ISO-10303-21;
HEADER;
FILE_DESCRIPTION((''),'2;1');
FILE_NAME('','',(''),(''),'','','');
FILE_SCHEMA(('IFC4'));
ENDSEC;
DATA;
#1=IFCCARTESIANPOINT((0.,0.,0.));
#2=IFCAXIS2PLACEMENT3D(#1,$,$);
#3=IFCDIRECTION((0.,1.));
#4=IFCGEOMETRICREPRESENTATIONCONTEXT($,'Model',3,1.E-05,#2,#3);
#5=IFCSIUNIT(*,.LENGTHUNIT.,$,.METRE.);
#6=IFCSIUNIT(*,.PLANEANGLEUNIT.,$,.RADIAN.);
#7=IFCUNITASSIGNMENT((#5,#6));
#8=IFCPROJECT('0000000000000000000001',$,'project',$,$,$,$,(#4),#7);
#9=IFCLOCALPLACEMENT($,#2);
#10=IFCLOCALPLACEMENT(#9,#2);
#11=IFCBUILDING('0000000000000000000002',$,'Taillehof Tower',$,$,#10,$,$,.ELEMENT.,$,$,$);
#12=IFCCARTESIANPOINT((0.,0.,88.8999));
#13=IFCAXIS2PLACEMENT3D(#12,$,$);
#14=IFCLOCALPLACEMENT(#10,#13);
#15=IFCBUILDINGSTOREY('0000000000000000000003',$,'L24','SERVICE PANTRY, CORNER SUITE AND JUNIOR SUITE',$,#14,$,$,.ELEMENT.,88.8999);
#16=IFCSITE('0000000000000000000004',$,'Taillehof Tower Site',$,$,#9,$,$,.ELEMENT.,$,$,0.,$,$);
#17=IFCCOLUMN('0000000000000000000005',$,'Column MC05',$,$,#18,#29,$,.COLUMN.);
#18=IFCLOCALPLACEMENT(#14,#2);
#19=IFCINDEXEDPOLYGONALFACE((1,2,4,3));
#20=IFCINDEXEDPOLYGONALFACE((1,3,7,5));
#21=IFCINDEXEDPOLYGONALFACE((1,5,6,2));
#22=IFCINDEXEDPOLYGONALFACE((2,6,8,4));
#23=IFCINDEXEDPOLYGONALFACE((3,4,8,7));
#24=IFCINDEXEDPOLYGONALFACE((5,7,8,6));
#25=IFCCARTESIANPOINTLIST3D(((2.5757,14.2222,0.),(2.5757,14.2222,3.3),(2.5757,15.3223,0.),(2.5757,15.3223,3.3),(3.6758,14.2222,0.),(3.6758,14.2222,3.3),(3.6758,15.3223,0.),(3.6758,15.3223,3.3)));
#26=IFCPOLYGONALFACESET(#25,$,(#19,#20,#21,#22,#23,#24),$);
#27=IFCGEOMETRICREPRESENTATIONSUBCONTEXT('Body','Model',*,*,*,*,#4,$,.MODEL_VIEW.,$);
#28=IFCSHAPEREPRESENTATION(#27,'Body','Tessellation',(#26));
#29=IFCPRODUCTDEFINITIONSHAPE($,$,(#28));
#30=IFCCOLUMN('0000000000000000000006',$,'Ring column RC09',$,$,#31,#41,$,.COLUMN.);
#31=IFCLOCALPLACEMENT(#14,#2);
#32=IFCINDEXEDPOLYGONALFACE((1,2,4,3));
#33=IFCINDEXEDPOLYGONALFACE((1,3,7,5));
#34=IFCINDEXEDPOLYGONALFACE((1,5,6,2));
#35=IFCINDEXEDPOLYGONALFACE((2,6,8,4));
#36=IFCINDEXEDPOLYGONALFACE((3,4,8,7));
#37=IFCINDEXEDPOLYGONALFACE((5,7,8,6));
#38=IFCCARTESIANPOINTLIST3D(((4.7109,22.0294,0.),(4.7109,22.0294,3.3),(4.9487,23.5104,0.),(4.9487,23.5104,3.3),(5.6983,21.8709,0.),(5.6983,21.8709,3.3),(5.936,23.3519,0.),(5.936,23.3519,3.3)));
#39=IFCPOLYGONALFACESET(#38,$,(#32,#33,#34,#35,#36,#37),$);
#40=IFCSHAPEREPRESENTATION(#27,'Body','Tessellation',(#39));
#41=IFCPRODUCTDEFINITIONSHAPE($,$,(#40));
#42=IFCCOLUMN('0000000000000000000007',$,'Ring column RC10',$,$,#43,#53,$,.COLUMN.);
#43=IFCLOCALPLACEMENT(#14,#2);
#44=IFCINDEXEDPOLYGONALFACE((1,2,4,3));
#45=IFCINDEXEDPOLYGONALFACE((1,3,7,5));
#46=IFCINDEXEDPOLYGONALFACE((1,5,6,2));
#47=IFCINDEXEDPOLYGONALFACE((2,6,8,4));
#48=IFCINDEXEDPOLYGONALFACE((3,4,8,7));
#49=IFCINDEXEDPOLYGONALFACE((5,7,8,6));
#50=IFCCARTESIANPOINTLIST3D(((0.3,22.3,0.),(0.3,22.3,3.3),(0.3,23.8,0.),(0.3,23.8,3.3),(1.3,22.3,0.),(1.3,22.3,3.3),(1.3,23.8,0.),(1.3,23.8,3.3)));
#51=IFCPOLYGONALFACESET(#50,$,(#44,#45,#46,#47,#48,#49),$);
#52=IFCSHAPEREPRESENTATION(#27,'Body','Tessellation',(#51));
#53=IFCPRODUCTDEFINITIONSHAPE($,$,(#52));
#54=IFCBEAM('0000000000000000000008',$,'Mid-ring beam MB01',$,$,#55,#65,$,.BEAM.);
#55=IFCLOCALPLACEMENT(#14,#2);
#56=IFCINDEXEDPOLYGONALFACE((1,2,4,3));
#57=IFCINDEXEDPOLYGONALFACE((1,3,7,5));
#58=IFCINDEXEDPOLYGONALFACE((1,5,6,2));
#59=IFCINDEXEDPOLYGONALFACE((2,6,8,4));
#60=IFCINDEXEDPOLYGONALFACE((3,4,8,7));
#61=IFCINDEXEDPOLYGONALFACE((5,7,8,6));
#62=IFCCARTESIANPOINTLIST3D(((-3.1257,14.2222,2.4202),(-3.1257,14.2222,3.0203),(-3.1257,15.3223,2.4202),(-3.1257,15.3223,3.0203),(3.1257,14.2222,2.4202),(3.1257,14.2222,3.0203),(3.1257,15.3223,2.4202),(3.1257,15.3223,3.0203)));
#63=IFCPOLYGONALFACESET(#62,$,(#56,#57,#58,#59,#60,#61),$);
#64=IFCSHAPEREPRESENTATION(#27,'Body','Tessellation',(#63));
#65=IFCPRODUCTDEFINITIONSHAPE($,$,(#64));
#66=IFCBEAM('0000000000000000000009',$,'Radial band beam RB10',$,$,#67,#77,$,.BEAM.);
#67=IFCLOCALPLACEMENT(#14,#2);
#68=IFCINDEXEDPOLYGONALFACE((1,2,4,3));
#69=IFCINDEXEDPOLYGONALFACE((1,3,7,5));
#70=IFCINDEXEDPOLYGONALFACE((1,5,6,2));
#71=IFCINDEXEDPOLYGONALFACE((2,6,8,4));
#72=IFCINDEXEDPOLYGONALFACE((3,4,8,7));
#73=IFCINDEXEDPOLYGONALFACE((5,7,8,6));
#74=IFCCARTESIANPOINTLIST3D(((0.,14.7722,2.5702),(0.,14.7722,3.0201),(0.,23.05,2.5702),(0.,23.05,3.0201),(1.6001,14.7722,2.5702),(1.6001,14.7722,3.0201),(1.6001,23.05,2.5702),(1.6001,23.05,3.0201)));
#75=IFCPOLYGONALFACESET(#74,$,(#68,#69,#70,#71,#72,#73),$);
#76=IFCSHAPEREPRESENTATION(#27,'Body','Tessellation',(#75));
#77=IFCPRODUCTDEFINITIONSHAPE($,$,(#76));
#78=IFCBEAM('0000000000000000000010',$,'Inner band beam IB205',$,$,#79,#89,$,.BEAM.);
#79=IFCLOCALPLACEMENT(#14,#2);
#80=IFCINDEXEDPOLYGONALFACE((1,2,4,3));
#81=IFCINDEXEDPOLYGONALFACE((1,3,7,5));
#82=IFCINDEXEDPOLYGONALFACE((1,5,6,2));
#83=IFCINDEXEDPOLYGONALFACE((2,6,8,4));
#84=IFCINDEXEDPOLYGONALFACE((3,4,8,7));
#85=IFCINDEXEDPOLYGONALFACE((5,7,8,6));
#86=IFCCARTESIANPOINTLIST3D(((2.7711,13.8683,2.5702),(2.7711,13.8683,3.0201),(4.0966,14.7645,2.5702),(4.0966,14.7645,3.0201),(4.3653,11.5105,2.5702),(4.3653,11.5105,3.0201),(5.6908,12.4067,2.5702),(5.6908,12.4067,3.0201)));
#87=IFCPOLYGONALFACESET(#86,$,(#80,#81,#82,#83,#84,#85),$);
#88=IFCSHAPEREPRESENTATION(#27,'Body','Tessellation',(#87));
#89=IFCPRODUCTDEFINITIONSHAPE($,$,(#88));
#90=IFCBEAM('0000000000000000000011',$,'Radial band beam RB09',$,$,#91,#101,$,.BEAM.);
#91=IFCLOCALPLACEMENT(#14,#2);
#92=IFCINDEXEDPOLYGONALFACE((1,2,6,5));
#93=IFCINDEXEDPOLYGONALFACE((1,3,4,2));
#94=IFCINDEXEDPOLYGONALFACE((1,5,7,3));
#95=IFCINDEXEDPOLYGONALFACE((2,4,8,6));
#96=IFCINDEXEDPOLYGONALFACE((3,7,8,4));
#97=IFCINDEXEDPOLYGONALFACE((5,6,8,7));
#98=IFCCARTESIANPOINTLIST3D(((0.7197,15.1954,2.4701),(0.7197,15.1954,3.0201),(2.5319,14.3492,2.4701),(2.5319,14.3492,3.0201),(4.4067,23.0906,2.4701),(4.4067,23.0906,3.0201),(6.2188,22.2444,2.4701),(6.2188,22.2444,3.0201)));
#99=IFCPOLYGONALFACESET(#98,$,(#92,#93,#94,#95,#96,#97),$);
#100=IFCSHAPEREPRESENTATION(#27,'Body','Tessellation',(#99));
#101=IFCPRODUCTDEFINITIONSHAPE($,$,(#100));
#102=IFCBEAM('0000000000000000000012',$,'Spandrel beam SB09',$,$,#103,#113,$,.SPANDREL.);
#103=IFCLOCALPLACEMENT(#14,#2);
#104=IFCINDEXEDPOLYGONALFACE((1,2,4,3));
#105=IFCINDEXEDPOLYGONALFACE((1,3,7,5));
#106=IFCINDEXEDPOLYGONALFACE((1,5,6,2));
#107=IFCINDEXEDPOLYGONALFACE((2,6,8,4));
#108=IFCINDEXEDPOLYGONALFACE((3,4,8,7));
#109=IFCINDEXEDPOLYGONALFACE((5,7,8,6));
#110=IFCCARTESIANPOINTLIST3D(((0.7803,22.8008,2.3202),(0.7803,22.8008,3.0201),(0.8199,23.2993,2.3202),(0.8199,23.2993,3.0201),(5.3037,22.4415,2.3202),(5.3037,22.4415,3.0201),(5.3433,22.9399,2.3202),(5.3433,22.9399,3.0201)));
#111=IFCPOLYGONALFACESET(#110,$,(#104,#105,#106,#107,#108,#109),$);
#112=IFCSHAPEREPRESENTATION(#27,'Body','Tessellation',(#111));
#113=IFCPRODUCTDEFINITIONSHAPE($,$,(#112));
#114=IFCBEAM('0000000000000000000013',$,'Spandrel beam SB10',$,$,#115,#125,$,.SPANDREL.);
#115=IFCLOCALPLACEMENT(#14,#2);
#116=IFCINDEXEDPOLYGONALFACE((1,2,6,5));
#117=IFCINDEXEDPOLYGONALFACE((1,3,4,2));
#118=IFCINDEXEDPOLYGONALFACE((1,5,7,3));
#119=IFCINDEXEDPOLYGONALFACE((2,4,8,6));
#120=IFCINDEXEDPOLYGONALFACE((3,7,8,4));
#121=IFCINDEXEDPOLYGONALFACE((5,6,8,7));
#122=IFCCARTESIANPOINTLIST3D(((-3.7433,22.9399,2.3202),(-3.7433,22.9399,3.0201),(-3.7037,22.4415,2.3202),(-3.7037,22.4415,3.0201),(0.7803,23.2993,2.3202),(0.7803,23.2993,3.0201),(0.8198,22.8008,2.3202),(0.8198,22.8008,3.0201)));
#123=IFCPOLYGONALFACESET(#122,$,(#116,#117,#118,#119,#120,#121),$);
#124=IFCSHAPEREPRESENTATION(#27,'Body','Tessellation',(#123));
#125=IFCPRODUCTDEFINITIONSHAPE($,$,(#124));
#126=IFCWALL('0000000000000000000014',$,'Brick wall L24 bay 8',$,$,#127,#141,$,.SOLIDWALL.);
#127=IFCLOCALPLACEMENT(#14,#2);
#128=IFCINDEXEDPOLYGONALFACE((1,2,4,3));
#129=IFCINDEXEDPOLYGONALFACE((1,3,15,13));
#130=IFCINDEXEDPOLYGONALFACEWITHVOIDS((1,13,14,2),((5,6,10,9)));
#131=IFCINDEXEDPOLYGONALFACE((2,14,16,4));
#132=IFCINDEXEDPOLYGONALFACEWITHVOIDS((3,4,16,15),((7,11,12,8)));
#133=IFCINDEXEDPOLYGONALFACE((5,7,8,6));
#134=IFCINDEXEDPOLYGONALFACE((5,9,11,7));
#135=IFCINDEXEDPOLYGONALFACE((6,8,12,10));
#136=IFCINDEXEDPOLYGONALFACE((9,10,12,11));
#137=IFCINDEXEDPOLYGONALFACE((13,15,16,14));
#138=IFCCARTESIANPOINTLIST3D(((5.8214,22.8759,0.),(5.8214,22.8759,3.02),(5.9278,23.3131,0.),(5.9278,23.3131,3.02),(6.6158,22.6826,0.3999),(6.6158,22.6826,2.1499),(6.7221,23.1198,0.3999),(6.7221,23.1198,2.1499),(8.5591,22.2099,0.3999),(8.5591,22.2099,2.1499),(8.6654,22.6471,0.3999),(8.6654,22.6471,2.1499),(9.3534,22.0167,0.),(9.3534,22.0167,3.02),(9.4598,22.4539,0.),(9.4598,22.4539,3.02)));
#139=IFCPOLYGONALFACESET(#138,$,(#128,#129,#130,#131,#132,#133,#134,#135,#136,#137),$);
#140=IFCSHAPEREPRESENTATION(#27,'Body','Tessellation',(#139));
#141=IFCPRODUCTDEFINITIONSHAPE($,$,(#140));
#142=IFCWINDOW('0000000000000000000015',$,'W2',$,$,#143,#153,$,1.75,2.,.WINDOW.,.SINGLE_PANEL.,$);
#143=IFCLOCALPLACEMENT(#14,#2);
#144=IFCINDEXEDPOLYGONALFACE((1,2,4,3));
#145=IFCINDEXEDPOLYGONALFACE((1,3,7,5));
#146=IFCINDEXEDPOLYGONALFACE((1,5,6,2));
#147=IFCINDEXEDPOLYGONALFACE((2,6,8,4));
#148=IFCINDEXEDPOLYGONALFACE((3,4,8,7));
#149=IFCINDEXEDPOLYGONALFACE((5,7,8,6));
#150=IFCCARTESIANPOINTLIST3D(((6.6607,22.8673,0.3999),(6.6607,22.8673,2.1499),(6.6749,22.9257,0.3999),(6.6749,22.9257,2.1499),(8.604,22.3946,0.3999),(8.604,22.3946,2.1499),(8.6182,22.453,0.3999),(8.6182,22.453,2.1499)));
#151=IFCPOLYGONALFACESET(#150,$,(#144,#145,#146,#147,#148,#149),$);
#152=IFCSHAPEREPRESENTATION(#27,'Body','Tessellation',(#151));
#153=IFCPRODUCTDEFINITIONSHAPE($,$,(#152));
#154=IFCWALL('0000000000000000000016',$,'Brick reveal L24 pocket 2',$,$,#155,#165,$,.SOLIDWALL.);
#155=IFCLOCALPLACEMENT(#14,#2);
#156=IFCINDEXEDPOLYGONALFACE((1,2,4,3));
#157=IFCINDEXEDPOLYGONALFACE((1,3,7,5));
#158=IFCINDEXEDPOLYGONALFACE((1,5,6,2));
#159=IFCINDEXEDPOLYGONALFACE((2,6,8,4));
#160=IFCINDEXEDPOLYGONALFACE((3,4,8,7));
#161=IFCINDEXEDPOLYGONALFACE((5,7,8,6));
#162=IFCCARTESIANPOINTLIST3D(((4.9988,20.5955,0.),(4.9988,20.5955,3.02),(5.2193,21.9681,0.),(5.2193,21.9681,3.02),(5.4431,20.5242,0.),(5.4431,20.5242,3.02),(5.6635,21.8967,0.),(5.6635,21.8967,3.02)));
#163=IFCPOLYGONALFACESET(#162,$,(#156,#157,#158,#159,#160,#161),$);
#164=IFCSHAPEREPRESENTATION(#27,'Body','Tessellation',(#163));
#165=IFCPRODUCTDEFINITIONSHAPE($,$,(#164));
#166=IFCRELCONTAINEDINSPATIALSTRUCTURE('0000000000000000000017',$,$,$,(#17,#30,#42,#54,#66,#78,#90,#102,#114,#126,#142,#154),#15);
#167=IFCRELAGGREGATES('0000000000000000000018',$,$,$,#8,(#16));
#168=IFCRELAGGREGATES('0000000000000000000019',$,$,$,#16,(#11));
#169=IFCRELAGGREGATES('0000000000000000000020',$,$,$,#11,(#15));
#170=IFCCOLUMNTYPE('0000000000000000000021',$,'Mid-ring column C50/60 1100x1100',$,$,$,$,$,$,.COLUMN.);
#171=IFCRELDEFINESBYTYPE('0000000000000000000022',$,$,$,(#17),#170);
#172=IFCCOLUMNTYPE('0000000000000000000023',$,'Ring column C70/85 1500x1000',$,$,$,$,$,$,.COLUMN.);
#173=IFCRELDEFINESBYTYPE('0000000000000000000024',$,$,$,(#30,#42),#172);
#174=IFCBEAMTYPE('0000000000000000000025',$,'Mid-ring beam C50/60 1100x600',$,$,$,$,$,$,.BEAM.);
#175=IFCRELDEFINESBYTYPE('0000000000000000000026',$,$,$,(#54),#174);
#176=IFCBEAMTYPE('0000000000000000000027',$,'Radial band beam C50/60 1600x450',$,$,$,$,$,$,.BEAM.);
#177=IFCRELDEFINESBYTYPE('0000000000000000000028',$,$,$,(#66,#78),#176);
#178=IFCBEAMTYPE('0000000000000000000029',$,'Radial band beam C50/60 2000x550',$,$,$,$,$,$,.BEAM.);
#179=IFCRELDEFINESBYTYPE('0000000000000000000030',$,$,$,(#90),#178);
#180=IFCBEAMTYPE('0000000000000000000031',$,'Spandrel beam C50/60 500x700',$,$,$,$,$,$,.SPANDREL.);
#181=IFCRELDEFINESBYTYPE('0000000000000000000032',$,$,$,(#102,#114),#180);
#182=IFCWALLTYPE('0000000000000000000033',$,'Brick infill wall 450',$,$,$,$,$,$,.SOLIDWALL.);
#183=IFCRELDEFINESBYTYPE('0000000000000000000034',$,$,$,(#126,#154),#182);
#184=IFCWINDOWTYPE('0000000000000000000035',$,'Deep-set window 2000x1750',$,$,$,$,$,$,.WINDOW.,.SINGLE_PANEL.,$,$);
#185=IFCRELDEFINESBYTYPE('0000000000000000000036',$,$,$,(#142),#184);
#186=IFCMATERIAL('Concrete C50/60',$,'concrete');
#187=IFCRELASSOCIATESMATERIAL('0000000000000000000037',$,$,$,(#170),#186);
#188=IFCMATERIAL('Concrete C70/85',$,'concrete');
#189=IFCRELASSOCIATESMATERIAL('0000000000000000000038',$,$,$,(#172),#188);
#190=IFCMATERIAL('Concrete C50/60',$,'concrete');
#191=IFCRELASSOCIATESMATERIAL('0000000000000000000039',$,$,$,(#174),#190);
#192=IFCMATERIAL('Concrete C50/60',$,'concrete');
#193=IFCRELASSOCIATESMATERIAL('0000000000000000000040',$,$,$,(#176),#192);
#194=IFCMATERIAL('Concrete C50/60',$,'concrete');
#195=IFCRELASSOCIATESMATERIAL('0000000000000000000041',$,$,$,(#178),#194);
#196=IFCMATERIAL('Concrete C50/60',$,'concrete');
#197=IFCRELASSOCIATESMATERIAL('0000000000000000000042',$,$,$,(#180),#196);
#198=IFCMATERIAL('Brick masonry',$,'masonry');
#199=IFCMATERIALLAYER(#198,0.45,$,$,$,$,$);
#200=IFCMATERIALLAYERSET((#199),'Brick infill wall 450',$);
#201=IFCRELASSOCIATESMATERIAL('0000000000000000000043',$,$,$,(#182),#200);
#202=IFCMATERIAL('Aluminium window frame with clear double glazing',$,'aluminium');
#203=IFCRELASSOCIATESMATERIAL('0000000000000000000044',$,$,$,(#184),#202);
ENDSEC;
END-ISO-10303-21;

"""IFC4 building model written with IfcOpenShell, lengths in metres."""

from ifc_helpers import new_model, si_unit, direction, frame, frame_2d, origin, origin_2d, place, context, subcontext, project, spatial, rectangle, extrude, material, layer, layer_set, material_profile, profile_set, type_object, element, fill, save


model = new_model("IFC4")

# Units and contexts
model_context = context("Model", 3, precision=1e-05, world=origin(), true_north=direction((0.0, 1.0)))
body_context = subcontext(model_context, "Body", "Model", "MODEL_VIEW")
ifc_project = project(units=[si_unit("LENGTHUNIT", "METRE"), si_unit("PLANEANGLEUNIT", "RADIAN")], contexts=[model_context])

# Site, building, storey
site_placement = place(None, origin())
site = spatial("IfcSite", under=ifc_project, at=site_placement, Name="Taillehof Tower Site", CompositionType="ELEMENT", RefElevation=0.0)
building_placement = place(site_placement, origin())
building = spatial("IfcBuilding", under=site, at=building_placement, Name="Taillehof Tower", CompositionType="ELEMENT")
storey_placement = place(building_placement, frame((0.0, 0.0, 88.8999)))
storey = spatial("IfcBuildingStorey", under=building, at=storey_placement, Name="L24", Description="SERVICE PANTRY, CORNER SUITE AND JUNIOR SUITE", CompositionType="ELEMENT", Elevation=88.8999)

# Columns
ifc_material_1 = material(Name="Concrete C50/60", Category="concrete")
ifc_material_profile_1 = material_profile(ifc_material_1, rectangle(XDim=1.1001, YDim=1.1001, at=origin_2d()), Name="RC 1100x1100")
ifc_profile_set_1 = profile_set([ifc_material_profile_1], Name="Concrete C50/60")
column_type_1 = type_object("IfcColumnType", Name="Mid-ring column C50/60 1100x1100", PredefinedType="COLUMN", material=ifc_profile_set_1)
column_placement = place(storey_placement, frame((3.1257, 14.7722, 0.0), z_axis=(0.0, 0.0, 1.0), x_axis=(1.0, 0.0, 0.0)))
element("IfcColumn", 1, at=column_placement, inside=storey, type_object=column_type_1, Name="Column MC05", PredefinedType="COLUMN", context=body_context, shape_type="SweptSolid", body=[
    extrude(rectangle(XDim=1.1001, YDim=1.1001, at=origin_2d()), origin(), (0.0, 0.0, 1.0), 3.3),
])
ifc_material_2 = material(Name="Concrete C70/85", Category="concrete")
ifc_material_profile_2 = material_profile(ifc_material_2, rectangle(XDim=1.5, YDim=1.0, at=origin_2d()), Name="RC 1500x1000")
ifc_profile_set_2 = profile_set([ifc_material_profile_2], Name="Concrete C70/85")
column_type_2 = type_object("IfcColumnType", Name="Ring column C70/85 1500x1000", PredefinedType="COLUMN", material=ifc_profile_set_2)
for number, where, z_axis, x_axis, name in (
    (2, (5.3235, 22.6907, 0.0), (0.0, 0.0, 1.0), (0.158507, 0.987358, 0.0), "Ring column RC09"),
    (3, (0.8, 23.05, 0.0), (0.0, 0.0, 1.0), (0.0, 1.0, 0.0), "Ring column RC10"),
):
    element("IfcColumn", number, at=place(storey_placement, frame(where, z_axis=z_axis, x_axis=x_axis)), inside=storey, type_object=column_type_2, Name=name, PredefinedType="COLUMN", context=body_context, shape_type="SweptSolid", body=[
        extrude(rectangle(XDim=1.5, YDim=1.0, at=origin_2d()), origin(), (0.0, 0.0, 1.0), 3.3),
    ])

# Beams
ifc_material_3 = material(Name="Concrete C50/60", Category="concrete")
ifc_material_profile_3 = material_profile(ifc_material_3, rectangle(XDim=1.1001, YDim=0.6001, at=origin_2d()), Name="RC 1100x600")
ifc_profile_set_3 = profile_set([ifc_material_profile_3], Name="Concrete C50/60")
beam_type_1 = type_object("IfcBeamType", Name="Mid-ring beam C50/60 1100x600", PredefinedType="BEAM", material=ifc_profile_set_3)
beam_1_placement = place(storey_placement, frame((3.1257, 14.7722, 2.7202), z_axis=(-1.0, 0.0, 0.0), x_axis=(0.0, -1.0, 0.0)))
element("IfcBeam", 4, at=beam_1_placement, inside=storey, type_object=beam_type_1, Name="Mid-ring beam MB01", PredefinedType="BEAM", context=body_context, shape_type="SweptSolid", body=[
    extrude(rectangle(XDim=1.1001, YDim=0.6001, at=origin_2d()), origin(), (0.0, 0.0, 1.0), 6.2515),
])
ifc_material_4 = material(Name="Concrete C50/60", Category="concrete")
ifc_material_profile_4 = material_profile(ifc_material_4, rectangle(XDim=1.6001, YDim=0.45, at=origin_2d()), Name="RC 1600x450")
ifc_profile_set_4 = profile_set([ifc_material_profile_4], Name="Concrete C50/60")
beam_type_2 = type_object("IfcBeamType", Name="Radial band beam C50/60 1600x450", PredefinedType="BEAM", material=ifc_profile_set_4)
beam_2_placement = place(storey_placement, frame((0.8, 23.05, 2.7952), z_axis=(0.0, -1.0, 0.0), x_axis=(1.0, 0.0, 0.0)))
element("IfcBeam", 5, at=beam_2_placement, inside=storey, type_object=beam_type_2, Name="Radial band beam RB10", PredefinedType="BEAM", context=body_context, shape_type="SweptSolid", body=[
    extrude(rectangle(XDim=1.6001, YDim=0.45, at=origin_2d()), origin(), (0.0, 0.0, 1.0), 8.2778),
])
beam_3_placement = place(storey_placement, frame((3.4338, 14.3164, 2.7952), z_axis=(0.560112, -0.828417, 0.0), x_axis=(0.828417, 0.560112, 0.0)))
element("IfcBeam", 6, at=beam_3_placement, inside=storey, type_object=beam_type_2, Name="Inner band beam IB205", PredefinedType="BEAM", context=body_context, shape_type="SweptSolid", body=[
    extrude(rectangle(XDim=1.6001, YDim=0.45, at=origin_2d()), origin(), (0.0, 0.0, 1.0), 2.8462),
])
ifc_material_5 = material(Name="Concrete C50/60", Category="concrete")
ifc_material_profile_5 = material_profile(ifc_material_5, rectangle(XDim=2.0, YDim=0.55, at=origin_2d()), Name="RC 2000x550")
ifc_profile_set_5 = profile_set([ifc_material_profile_5], Name="Concrete C50/60")
beam_type_3 = type_object("IfcBeamType", Name="Radial band beam C50/60 2000x550", PredefinedType="BEAM", material=ifc_profile_set_5)
beam_4_placement = place(storey_placement, frame((5.3127, 22.6675, 2.7451), z_axis=(-0.423126, -0.906071, 0.0), x_axis=(0.906071, -0.423126, 0.0)))
element("IfcBeam", 7, at=beam_4_placement, inside=storey, type_object=beam_type_3, Name="Radial band beam RB09", PredefinedType="BEAM", context=body_context, shape_type="SweptSolid", body=[
    extrude(rectangle(XDim=2.0, YDim=0.55, at=origin_2d()), origin(), (0.0, 0.0, 1.0), 8.7136),
])
ifc_material_6 = material(Name="Concrete C50/60", Category="concrete")
ifc_material_profile_6 = material_profile(ifc_material_6, rectangle(XDim=0.5, YDim=0.7, at=origin_2d()), Name="RC 500x700")
ifc_profile_set_6 = profile_set([ifc_material_profile_6], Name="Concrete C50/60")
beam_type_4 = type_object("IfcBeamType", Name="Spandrel beam C50/60 500x700", PredefinedType="SPANDREL", material=ifc_profile_set_6)
beam_5_placement = place(storey_placement, frame((5.3235, 22.6907, 2.6702), z_axis=(-0.996859, 0.079198, 0.0), x_axis=(-0.079198, -0.996859, 0.0)))
element("IfcBeam", 8, at=beam_5_placement, inside=storey, type_object=beam_type_4, Name="Spandrel beam SB09", PredefinedType="SPANDREL", context=body_context, shape_type="SweptSolid", body=[
    extrude(rectangle(XDim=0.5, YDim=0.7, at=origin_2d()), origin(), (0.0, 0.0, 1.0), 4.5376),
])
beam_6_placement = place(storey_placement, frame((0.8, 23.05, 2.6702), z_axis=(-0.996859, -0.079194, 0.0), x_axis=(0.079194, -0.996859, 0.0)))
element("IfcBeam", 9, at=beam_6_placement, inside=storey, type_object=beam_type_4, Name="Spandrel beam SB10", PredefinedType="SPANDREL", context=body_context, shape_type="SweptSolid", body=[
    extrude(rectangle(XDim=0.5, YDim=0.7, at=origin_2d()), origin(), (0.0, 0.0, 1.0), 4.5378),
])

# Wall, opening, window
ifc_material_7 = material(Name="Brick masonry", Category="masonry")
ifc_layer_1 = layer(ifc_material_7, 0.45)
ifc_layer_set_1 = layer_set([ifc_layer_1], Name="Brick infill wall 450")
wall_type_1 = type_object("IfcWallType", Name="Brick infill wall 450", PredefinedType="SOLIDWALL", material=ifc_layer_set_1)
wall_1_placement = place(storey_placement, frame((9.4065, 22.2354, 0.0), z_axis=(0.0, 0.0, 1.0), x_axis=(-0.971668, 0.236352, 0.0)))
wall_1 = element("IfcWall", 10, at=wall_1_placement, inside=storey, type_object=wall_type_1, Name="Brick wall L24 bay 8", PredefinedType="SOLIDWALL", context=body_context, shape_type="SweptSolid", body=[
    extrude(rectangle(XDim=3.635, YDim=0.45, at=frame_2d((1.8174, 0.0))), origin(), (0.0, 0.0, 1.0), 3.02),
])
opening_1_placement = place(wall_1_placement, frame((0.8174, 0.0, 0.3999)))
opening_1 = element("IfcOpeningElement", 11, at=opening_1_placement, cuts=wall_1, PredefinedType="OPENING", context=body_context, shape_type="SweptSolid", body=[
    extrude(rectangle(XDim=2.0, YDim=1.75, at=frame_2d((1.0, 0.875))), frame((0.0, 0.2349, 0.0), z_axis=(0.0, -1.0, 0.0), x_axis=(1.0, 0.0, 0.0)), (0.0, 0.0, 1.0), 0.47),
])
ifc_material_8 = material(Name="Aluminium window frame with clear double glazing", Category="aluminium")
window_type_1 = type_object("IfcWindowType", Name="Deep-set window 2000x1750", PartitioningType="SINGLE_PANEL", PredefinedType="WINDOW", material=ifc_material_8)
window_1_placement = place(opening_1_placement, origin())
window_1 = element("IfcWindow", 12, at=window_1_placement, inside=storey, type_object=window_type_1, Name="W2", OverallHeight=1.75, OverallWidth=2.0, PartitioningType="SINGLE_PANEL", PredefinedType="WINDOW", context=body_context, shape_type="SweptSolid", body=[
    extrude(rectangle(XDim=2.0, YDim=1.75, at=frame_2d((1.0, 0.875))), frame((0.0, 0.0349, 0.0), z_axis=(0.0, -1.0, 0.0), x_axis=(1.0, 0.0, 0.0)), (0.0, 0.0, 1.0), 0.0601),
])
fill(opening_1, window_1)

# Wall
wall_2_placement = place(storey_placement, frame((5.4414, 21.9324, 0.0), z_axis=(0.0, 0.0, 1.0), x_axis=(-0.158586, -0.987345, 0.0)))
element("IfcWall", 13, at=wall_2_placement, inside=storey, type_object=wall_type_1, Name="Brick reveal L24 pocket 2", PredefinedType="SOLIDWALL", context=body_context, shape_type="SweptSolid", body=[
    extrude(rectangle(XDim=1.3901, YDim=0.45, at=frame_2d((0.6951, 0.0))), origin(), (0.0, 0.0, 1.0), 3.02),
])

save(model, "model.ifc")
